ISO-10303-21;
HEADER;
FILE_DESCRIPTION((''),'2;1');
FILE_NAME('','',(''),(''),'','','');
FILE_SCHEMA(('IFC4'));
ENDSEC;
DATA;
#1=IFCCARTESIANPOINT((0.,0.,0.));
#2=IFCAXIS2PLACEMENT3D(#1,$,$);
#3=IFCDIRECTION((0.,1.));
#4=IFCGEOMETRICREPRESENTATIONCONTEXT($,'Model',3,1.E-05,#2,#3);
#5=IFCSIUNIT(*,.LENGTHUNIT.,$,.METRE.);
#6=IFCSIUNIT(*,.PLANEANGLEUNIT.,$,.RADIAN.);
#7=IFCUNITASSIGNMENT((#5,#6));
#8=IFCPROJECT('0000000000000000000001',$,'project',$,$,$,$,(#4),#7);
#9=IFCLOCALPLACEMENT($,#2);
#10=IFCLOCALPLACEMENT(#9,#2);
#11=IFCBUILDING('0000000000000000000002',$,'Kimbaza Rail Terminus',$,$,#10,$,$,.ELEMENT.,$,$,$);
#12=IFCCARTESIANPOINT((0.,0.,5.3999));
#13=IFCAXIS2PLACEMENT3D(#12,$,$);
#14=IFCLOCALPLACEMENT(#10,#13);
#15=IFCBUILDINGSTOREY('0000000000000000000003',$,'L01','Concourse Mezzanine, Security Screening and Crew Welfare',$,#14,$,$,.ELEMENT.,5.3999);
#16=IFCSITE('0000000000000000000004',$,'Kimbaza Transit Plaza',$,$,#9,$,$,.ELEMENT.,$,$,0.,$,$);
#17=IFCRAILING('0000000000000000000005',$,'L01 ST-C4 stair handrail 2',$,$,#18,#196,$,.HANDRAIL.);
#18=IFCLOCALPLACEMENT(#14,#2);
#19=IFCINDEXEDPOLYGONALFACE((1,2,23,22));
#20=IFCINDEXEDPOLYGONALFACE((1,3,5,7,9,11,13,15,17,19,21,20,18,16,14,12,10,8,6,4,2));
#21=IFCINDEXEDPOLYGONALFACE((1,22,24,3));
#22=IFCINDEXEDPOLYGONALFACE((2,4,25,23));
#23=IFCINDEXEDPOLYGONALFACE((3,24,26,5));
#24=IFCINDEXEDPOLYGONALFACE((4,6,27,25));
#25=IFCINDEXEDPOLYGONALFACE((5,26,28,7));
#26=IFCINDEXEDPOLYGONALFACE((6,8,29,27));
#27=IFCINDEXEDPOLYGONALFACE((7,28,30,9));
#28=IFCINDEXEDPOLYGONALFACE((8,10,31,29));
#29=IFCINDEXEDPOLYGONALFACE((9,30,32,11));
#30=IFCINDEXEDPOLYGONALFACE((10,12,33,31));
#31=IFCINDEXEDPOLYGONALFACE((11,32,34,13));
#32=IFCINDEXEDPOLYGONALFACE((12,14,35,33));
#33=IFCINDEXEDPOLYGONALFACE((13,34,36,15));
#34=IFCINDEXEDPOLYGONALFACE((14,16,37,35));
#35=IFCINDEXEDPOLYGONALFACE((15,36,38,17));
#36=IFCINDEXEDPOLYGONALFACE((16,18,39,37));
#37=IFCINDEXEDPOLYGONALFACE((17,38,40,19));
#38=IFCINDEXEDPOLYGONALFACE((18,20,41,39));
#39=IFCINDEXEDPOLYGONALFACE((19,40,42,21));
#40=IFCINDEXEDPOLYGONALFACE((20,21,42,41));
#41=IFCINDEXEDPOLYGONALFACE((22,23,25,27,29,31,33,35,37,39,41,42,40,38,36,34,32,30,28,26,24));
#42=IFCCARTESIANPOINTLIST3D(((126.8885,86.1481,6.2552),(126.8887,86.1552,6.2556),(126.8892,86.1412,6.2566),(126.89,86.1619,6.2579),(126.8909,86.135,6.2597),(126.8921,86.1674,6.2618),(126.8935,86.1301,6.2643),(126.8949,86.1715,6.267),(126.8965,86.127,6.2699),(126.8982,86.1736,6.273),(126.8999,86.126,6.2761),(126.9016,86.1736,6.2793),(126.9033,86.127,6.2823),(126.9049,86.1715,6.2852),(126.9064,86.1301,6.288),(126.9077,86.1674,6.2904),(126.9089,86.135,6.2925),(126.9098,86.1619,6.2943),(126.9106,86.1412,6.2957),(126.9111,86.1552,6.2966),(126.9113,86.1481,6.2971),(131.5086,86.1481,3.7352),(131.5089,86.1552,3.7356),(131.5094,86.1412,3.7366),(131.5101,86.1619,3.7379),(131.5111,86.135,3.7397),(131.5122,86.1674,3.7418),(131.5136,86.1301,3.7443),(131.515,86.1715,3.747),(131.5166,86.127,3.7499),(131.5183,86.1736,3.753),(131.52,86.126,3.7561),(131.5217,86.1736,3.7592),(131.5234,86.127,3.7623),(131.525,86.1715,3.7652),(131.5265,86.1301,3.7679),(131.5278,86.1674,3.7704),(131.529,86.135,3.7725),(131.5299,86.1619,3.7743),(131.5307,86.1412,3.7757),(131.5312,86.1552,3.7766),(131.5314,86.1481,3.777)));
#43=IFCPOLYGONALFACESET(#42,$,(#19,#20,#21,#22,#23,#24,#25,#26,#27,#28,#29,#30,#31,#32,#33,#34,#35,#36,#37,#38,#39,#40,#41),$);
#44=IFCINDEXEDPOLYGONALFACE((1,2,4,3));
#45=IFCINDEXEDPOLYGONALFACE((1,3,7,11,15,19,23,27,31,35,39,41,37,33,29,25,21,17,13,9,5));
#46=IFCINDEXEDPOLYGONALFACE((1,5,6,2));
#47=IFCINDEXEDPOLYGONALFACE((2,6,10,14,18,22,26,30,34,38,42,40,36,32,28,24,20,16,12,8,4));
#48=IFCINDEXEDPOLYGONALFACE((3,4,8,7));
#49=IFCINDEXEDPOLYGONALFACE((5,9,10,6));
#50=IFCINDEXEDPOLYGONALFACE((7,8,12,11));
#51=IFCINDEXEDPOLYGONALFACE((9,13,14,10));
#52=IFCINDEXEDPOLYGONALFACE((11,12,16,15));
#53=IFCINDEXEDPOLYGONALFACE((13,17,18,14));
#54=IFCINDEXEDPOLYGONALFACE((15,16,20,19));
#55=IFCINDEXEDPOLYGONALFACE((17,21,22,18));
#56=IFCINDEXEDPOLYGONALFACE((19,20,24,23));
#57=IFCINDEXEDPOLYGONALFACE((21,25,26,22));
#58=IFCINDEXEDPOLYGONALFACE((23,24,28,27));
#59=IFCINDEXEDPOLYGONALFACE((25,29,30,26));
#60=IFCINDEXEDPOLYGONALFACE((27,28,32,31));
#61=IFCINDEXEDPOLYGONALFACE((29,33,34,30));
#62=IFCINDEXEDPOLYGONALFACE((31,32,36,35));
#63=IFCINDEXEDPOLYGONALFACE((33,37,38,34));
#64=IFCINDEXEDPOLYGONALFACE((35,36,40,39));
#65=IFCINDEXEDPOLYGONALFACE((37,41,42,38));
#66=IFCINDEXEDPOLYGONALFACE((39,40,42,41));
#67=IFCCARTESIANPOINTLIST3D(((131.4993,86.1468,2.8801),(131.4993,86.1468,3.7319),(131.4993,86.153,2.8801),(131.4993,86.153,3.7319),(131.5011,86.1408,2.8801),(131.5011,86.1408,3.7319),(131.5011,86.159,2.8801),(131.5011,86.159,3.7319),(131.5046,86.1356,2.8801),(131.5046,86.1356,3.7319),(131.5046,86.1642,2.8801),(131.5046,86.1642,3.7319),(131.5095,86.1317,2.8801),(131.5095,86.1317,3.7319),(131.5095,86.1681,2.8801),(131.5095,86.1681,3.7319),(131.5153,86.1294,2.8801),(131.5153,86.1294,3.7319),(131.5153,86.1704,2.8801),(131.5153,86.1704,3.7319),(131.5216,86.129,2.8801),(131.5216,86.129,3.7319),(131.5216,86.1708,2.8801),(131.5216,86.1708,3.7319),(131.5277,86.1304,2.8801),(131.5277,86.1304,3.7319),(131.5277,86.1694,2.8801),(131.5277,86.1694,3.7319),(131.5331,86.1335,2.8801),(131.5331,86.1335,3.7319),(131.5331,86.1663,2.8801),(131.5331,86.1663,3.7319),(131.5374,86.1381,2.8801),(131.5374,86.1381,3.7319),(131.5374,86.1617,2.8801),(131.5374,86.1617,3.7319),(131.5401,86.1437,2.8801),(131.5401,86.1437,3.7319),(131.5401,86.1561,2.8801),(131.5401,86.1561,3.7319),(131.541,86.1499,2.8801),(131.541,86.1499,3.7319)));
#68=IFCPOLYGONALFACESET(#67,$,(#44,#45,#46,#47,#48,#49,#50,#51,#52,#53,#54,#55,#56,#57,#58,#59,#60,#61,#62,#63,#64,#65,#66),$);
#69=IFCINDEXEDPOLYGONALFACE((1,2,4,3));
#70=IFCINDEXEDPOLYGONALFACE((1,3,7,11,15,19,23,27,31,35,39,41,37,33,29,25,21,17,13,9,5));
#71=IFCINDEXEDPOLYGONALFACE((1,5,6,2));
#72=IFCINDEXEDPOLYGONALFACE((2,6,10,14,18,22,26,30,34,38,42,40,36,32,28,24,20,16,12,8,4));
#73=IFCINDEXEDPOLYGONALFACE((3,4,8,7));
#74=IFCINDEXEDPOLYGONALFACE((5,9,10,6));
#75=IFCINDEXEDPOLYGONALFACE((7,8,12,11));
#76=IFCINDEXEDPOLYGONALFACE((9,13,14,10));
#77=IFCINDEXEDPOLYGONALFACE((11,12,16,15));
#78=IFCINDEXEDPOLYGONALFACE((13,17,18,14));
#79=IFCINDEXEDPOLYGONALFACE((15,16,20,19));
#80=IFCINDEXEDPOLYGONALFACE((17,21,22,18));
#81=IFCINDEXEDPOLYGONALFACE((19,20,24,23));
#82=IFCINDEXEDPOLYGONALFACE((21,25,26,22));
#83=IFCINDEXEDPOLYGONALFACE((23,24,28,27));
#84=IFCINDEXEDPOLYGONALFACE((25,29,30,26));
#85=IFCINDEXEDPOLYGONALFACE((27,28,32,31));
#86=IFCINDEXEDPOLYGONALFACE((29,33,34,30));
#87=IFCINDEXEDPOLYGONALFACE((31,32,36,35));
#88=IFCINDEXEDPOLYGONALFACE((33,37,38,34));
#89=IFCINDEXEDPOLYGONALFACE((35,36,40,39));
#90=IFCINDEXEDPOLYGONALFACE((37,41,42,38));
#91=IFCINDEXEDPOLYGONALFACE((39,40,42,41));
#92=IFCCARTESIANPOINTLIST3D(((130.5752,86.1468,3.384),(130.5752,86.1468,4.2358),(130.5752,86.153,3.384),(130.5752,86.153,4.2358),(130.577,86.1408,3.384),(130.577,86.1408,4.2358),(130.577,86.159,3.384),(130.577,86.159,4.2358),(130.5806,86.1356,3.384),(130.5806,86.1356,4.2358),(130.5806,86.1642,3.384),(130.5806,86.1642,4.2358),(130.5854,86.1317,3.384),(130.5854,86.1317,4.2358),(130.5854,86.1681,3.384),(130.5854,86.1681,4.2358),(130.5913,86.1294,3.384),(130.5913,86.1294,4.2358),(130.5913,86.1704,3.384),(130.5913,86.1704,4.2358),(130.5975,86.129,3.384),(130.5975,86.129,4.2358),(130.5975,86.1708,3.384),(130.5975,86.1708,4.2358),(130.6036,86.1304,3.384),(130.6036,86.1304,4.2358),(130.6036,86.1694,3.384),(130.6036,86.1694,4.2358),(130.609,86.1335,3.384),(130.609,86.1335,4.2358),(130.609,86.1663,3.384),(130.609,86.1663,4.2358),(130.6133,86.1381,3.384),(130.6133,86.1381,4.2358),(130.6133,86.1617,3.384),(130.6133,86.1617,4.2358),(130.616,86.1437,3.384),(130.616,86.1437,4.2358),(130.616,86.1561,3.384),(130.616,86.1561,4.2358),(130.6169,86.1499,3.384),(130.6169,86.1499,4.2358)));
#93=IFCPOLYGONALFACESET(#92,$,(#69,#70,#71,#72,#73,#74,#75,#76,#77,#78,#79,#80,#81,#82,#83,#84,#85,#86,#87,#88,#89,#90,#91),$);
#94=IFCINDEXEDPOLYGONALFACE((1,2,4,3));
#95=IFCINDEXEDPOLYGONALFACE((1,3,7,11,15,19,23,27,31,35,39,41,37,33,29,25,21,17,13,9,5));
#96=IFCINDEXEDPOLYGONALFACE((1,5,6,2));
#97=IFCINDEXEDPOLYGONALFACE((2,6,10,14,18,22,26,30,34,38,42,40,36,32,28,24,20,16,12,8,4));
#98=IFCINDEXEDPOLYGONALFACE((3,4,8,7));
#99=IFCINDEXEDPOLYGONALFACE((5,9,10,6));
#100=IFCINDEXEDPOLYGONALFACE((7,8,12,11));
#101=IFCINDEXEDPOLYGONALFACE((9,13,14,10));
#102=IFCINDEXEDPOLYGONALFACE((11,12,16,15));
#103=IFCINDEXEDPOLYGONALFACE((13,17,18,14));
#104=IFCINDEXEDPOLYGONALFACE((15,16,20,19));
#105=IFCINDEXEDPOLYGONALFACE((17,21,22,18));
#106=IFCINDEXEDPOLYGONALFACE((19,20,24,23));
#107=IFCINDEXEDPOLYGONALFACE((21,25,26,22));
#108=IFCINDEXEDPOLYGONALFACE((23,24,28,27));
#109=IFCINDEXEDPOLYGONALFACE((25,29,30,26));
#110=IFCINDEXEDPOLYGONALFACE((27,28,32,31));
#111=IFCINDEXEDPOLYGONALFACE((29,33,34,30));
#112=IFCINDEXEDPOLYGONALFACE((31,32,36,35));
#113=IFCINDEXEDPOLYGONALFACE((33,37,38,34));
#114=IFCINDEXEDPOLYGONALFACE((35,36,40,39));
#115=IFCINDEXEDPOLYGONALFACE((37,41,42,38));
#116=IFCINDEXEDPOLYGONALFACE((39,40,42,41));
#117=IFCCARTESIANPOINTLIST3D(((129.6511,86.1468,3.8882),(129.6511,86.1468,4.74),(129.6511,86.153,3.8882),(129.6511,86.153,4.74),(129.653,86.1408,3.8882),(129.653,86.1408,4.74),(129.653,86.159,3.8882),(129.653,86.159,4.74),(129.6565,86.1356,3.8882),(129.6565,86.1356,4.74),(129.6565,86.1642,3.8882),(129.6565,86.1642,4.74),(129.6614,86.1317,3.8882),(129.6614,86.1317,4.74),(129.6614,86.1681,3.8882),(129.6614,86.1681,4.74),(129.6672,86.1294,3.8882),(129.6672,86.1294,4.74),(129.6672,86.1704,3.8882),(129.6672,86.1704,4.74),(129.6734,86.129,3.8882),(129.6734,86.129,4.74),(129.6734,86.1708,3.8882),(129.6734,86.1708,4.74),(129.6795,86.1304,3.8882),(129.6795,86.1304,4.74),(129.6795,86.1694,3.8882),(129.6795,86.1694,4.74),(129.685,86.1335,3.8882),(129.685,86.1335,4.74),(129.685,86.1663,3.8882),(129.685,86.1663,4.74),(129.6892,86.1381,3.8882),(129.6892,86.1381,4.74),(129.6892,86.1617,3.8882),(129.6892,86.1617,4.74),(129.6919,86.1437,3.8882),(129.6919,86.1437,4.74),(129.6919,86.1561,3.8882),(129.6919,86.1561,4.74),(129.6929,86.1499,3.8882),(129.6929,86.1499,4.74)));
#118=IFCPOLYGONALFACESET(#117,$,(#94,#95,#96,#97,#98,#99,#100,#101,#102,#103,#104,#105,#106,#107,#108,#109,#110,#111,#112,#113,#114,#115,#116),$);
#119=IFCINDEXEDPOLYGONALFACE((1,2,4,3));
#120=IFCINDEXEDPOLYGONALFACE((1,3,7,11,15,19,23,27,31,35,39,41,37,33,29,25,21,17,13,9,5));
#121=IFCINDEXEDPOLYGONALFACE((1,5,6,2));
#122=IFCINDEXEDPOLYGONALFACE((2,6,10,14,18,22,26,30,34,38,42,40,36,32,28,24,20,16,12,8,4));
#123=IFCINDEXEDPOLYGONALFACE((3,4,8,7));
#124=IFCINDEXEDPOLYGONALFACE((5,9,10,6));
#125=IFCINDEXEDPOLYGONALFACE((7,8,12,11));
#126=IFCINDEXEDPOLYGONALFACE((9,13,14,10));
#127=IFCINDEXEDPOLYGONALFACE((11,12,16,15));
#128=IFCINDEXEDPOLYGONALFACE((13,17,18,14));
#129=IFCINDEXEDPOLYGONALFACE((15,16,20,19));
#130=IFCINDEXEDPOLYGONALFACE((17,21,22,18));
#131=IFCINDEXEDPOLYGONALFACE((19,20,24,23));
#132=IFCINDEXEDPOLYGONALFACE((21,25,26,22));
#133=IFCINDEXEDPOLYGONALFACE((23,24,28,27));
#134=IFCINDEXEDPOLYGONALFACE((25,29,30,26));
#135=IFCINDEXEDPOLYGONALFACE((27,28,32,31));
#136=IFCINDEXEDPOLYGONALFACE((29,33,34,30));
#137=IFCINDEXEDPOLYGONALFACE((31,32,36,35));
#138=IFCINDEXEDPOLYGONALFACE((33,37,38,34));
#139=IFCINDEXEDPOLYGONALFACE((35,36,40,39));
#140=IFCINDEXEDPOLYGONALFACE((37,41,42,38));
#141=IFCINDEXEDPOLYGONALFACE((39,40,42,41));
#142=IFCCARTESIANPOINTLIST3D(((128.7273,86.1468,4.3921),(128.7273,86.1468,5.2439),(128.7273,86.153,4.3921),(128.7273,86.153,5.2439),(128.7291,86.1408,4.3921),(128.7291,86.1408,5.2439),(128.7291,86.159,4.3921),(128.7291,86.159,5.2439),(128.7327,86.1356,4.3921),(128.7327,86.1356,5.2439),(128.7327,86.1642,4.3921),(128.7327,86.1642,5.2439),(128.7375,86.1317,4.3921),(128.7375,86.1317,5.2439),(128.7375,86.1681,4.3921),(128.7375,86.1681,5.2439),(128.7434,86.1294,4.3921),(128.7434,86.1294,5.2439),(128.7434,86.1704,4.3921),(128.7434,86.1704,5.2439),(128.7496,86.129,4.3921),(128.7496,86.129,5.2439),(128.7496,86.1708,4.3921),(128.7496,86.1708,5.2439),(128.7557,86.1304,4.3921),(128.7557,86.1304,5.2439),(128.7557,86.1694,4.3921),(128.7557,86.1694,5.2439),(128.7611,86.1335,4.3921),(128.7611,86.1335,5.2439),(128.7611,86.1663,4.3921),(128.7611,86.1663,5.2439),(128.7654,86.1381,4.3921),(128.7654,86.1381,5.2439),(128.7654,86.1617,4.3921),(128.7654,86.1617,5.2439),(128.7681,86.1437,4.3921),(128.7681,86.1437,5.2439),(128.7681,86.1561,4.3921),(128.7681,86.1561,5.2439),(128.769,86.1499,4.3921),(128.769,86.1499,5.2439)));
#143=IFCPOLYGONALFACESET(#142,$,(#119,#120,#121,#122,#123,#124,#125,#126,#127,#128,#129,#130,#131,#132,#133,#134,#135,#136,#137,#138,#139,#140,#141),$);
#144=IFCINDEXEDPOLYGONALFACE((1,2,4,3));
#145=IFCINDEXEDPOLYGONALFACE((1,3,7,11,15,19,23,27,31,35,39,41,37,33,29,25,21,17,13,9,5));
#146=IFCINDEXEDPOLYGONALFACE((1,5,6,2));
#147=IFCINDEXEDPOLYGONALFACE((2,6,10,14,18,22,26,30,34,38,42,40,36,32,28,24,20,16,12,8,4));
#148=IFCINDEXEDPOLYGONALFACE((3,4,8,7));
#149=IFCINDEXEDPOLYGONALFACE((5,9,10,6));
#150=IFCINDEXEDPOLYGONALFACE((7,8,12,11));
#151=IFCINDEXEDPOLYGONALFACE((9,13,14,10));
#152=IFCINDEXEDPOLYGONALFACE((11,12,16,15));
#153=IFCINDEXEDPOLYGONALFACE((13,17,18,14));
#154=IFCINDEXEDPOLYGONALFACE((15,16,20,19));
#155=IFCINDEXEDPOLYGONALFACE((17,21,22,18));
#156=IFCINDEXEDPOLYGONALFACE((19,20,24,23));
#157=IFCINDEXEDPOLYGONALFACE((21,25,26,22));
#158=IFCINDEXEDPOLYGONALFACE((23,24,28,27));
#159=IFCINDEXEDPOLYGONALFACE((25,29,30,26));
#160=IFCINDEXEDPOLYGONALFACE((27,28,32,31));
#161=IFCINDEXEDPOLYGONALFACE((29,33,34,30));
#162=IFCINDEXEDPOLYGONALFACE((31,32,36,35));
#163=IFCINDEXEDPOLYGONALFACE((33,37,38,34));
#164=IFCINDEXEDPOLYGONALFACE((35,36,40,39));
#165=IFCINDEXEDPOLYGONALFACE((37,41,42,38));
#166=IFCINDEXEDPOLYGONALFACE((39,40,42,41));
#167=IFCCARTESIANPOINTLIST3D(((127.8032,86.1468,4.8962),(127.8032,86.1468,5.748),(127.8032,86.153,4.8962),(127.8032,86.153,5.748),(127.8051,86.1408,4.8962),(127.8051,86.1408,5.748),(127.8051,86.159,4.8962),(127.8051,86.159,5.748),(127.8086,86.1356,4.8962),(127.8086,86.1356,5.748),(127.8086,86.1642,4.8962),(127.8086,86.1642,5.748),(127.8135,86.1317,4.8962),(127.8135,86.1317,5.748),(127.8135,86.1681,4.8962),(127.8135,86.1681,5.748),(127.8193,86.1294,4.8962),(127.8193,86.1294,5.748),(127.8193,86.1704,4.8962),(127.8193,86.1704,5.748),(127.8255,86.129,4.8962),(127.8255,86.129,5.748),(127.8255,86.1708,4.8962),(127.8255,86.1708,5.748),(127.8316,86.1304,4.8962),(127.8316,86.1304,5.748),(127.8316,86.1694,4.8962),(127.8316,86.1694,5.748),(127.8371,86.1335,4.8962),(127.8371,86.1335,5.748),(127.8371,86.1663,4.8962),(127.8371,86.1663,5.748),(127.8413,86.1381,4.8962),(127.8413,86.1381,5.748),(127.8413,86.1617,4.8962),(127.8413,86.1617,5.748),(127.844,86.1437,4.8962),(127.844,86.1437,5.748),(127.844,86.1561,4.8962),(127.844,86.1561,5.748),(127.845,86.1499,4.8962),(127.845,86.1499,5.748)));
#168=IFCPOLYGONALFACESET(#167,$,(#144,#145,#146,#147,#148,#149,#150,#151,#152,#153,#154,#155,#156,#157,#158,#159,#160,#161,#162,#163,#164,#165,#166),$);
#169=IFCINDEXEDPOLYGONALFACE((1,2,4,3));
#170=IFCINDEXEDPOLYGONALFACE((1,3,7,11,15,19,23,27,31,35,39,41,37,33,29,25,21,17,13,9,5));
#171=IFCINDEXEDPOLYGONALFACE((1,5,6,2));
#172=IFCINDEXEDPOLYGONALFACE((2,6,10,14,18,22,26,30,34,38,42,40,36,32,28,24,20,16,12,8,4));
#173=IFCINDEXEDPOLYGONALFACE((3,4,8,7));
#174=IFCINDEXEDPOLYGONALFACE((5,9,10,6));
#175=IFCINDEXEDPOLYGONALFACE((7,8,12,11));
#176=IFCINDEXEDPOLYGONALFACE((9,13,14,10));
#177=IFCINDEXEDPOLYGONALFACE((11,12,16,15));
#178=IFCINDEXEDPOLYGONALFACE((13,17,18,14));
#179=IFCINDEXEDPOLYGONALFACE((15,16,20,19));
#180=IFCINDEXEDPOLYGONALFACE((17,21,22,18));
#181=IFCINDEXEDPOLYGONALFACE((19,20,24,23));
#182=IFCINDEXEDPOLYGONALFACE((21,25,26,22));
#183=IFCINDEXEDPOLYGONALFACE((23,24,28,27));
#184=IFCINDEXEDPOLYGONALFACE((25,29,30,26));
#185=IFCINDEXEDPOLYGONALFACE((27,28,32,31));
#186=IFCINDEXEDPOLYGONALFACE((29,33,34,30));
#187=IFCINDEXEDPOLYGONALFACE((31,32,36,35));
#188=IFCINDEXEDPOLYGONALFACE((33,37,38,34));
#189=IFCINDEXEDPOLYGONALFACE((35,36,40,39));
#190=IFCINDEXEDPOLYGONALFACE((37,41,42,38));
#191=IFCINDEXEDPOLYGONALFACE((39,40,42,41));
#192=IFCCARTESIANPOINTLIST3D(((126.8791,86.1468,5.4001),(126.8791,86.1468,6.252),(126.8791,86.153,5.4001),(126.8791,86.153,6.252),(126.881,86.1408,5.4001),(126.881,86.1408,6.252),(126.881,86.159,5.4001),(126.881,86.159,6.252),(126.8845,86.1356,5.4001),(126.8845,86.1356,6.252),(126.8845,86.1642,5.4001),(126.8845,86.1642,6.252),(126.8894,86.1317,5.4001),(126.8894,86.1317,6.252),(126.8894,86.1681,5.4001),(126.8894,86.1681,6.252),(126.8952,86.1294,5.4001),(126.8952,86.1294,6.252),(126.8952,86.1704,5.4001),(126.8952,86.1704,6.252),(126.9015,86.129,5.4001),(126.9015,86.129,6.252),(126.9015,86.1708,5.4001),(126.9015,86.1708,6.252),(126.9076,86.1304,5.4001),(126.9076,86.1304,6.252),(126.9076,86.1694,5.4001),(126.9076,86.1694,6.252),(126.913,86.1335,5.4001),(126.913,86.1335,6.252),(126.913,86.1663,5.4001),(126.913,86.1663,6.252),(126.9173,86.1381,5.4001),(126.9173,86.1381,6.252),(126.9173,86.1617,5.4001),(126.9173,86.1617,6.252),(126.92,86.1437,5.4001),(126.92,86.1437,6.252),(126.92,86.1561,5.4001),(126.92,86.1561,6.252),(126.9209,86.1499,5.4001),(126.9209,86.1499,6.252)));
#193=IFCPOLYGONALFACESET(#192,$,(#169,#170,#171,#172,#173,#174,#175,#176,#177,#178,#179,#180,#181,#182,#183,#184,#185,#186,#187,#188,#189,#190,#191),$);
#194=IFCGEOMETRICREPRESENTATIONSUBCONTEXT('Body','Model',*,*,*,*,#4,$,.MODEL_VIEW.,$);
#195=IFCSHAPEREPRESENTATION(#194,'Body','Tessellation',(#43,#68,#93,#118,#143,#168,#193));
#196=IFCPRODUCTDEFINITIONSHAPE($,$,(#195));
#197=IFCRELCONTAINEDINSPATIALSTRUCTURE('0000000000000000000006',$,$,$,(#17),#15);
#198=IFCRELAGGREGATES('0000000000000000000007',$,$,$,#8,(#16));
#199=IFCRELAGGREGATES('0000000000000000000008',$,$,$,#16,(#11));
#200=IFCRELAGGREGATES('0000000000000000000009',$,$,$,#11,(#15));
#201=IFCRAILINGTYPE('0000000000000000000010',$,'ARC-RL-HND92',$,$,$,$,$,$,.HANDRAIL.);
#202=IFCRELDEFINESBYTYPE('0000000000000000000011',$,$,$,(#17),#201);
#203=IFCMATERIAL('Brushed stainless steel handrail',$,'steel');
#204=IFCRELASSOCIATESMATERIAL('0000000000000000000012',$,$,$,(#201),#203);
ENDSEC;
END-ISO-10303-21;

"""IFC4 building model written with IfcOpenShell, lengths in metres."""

from ifc_helpers import new_model, si_unit, direction, frame, origin, origin_2d, place, context, subcontext, project, spatial, circle, extrude, material, type_object, element, save


model = new_model("IFC4")

# Units and contexts
model_context = context("Model", 3, precision=1e-05, world=origin(), true_north=direction((0.0, 1.0)))
body_context = subcontext(model_context, "Body", "Model", "MODEL_VIEW")
ifc_project = project(units=[si_unit("LENGTHUNIT", "METRE"), si_unit("PLANEANGLEUNIT", "RADIAN")], contexts=[model_context])

# Site, building, storey
site_placement = place(None, origin())
site = spatial("IfcSite", under=ifc_project, at=site_placement, Name="Kimbaza Transit Plaza", CompositionType="ELEMENT", RefElevation=0.0)
building_placement = place(site_placement, origin())
building = spatial("IfcBuilding", under=site, at=building_placement, Name="Kimbaza Rail Terminus", CompositionType="ELEMENT")
storey_placement = place(building_placement, frame((0.0, 0.0, 5.3999)))
storey = spatial("IfcBuildingStorey", under=building, at=storey_placement, Name="L01", Description="Concourse Mezzanine, Security Screening and Crew Welfare", CompositionType="ELEMENT", Elevation=5.3999)

# Railing
ifc_material_1 = material(Name="Brushed stainless steel handrail", Category="steel")
railing_type_1 = type_object("IfcRailingType", Name="ARC-RL-HND92", PredefinedType="HANDRAIL", material=ifc_material_1)
railing_1_placement = place(storey_placement, frame((131.52, 86.1499, 2.8801)))
element("IfcRailing", 1, at=railing_1_placement, inside=storey, type_object=railing_type_1, Name="L01 ST-C4 stair handrail 2", PredefinedType="HANDRAIL", context=body_context, shape_type="SweptSolid", body=[
    extrude(circle(Radius=0.0239, at=origin_2d()), frame((0.0, 0.0, 0.876), z_axis=(-0.877899, 0.0, 0.478846), x_axis=(0.0, -1.0, 0.0)), (0.0, 0.0, 1.0), 5.2627),
    extrude(circle(Radius=0.021, at=origin_2d()), origin(), (0.0, 0.0, 1.0), 0.8518),
    extrude(circle(Radius=0.021, at=origin_2d()), frame((-0.9241, 0.0, 0.5039)), (0.0, 0.0, 1.0), 0.8518),
    extrude(circle(Radius=0.021, at=origin_2d()), frame((-1.8481, 0.0, 1.0081)), (0.0, 0.0, 1.0), 0.8518),
    extrude(circle(Radius=0.021, at=origin_2d()), frame((-2.772, 0.0, 1.512)), (0.0, 0.0, 1.0), 0.8518),
    extrude(circle(Radius=0.021, at=origin_2d()), frame((-3.696, 0.0, 2.0161)), (0.0, 0.0, 1.0), 0.8518),
    extrude(circle(Radius=0.021, at=origin_2d()), frame((-4.6201, 0.0, 2.52)), (0.0, 0.0, 1.0), 0.8518),
])

save(model, "model.ifc")
